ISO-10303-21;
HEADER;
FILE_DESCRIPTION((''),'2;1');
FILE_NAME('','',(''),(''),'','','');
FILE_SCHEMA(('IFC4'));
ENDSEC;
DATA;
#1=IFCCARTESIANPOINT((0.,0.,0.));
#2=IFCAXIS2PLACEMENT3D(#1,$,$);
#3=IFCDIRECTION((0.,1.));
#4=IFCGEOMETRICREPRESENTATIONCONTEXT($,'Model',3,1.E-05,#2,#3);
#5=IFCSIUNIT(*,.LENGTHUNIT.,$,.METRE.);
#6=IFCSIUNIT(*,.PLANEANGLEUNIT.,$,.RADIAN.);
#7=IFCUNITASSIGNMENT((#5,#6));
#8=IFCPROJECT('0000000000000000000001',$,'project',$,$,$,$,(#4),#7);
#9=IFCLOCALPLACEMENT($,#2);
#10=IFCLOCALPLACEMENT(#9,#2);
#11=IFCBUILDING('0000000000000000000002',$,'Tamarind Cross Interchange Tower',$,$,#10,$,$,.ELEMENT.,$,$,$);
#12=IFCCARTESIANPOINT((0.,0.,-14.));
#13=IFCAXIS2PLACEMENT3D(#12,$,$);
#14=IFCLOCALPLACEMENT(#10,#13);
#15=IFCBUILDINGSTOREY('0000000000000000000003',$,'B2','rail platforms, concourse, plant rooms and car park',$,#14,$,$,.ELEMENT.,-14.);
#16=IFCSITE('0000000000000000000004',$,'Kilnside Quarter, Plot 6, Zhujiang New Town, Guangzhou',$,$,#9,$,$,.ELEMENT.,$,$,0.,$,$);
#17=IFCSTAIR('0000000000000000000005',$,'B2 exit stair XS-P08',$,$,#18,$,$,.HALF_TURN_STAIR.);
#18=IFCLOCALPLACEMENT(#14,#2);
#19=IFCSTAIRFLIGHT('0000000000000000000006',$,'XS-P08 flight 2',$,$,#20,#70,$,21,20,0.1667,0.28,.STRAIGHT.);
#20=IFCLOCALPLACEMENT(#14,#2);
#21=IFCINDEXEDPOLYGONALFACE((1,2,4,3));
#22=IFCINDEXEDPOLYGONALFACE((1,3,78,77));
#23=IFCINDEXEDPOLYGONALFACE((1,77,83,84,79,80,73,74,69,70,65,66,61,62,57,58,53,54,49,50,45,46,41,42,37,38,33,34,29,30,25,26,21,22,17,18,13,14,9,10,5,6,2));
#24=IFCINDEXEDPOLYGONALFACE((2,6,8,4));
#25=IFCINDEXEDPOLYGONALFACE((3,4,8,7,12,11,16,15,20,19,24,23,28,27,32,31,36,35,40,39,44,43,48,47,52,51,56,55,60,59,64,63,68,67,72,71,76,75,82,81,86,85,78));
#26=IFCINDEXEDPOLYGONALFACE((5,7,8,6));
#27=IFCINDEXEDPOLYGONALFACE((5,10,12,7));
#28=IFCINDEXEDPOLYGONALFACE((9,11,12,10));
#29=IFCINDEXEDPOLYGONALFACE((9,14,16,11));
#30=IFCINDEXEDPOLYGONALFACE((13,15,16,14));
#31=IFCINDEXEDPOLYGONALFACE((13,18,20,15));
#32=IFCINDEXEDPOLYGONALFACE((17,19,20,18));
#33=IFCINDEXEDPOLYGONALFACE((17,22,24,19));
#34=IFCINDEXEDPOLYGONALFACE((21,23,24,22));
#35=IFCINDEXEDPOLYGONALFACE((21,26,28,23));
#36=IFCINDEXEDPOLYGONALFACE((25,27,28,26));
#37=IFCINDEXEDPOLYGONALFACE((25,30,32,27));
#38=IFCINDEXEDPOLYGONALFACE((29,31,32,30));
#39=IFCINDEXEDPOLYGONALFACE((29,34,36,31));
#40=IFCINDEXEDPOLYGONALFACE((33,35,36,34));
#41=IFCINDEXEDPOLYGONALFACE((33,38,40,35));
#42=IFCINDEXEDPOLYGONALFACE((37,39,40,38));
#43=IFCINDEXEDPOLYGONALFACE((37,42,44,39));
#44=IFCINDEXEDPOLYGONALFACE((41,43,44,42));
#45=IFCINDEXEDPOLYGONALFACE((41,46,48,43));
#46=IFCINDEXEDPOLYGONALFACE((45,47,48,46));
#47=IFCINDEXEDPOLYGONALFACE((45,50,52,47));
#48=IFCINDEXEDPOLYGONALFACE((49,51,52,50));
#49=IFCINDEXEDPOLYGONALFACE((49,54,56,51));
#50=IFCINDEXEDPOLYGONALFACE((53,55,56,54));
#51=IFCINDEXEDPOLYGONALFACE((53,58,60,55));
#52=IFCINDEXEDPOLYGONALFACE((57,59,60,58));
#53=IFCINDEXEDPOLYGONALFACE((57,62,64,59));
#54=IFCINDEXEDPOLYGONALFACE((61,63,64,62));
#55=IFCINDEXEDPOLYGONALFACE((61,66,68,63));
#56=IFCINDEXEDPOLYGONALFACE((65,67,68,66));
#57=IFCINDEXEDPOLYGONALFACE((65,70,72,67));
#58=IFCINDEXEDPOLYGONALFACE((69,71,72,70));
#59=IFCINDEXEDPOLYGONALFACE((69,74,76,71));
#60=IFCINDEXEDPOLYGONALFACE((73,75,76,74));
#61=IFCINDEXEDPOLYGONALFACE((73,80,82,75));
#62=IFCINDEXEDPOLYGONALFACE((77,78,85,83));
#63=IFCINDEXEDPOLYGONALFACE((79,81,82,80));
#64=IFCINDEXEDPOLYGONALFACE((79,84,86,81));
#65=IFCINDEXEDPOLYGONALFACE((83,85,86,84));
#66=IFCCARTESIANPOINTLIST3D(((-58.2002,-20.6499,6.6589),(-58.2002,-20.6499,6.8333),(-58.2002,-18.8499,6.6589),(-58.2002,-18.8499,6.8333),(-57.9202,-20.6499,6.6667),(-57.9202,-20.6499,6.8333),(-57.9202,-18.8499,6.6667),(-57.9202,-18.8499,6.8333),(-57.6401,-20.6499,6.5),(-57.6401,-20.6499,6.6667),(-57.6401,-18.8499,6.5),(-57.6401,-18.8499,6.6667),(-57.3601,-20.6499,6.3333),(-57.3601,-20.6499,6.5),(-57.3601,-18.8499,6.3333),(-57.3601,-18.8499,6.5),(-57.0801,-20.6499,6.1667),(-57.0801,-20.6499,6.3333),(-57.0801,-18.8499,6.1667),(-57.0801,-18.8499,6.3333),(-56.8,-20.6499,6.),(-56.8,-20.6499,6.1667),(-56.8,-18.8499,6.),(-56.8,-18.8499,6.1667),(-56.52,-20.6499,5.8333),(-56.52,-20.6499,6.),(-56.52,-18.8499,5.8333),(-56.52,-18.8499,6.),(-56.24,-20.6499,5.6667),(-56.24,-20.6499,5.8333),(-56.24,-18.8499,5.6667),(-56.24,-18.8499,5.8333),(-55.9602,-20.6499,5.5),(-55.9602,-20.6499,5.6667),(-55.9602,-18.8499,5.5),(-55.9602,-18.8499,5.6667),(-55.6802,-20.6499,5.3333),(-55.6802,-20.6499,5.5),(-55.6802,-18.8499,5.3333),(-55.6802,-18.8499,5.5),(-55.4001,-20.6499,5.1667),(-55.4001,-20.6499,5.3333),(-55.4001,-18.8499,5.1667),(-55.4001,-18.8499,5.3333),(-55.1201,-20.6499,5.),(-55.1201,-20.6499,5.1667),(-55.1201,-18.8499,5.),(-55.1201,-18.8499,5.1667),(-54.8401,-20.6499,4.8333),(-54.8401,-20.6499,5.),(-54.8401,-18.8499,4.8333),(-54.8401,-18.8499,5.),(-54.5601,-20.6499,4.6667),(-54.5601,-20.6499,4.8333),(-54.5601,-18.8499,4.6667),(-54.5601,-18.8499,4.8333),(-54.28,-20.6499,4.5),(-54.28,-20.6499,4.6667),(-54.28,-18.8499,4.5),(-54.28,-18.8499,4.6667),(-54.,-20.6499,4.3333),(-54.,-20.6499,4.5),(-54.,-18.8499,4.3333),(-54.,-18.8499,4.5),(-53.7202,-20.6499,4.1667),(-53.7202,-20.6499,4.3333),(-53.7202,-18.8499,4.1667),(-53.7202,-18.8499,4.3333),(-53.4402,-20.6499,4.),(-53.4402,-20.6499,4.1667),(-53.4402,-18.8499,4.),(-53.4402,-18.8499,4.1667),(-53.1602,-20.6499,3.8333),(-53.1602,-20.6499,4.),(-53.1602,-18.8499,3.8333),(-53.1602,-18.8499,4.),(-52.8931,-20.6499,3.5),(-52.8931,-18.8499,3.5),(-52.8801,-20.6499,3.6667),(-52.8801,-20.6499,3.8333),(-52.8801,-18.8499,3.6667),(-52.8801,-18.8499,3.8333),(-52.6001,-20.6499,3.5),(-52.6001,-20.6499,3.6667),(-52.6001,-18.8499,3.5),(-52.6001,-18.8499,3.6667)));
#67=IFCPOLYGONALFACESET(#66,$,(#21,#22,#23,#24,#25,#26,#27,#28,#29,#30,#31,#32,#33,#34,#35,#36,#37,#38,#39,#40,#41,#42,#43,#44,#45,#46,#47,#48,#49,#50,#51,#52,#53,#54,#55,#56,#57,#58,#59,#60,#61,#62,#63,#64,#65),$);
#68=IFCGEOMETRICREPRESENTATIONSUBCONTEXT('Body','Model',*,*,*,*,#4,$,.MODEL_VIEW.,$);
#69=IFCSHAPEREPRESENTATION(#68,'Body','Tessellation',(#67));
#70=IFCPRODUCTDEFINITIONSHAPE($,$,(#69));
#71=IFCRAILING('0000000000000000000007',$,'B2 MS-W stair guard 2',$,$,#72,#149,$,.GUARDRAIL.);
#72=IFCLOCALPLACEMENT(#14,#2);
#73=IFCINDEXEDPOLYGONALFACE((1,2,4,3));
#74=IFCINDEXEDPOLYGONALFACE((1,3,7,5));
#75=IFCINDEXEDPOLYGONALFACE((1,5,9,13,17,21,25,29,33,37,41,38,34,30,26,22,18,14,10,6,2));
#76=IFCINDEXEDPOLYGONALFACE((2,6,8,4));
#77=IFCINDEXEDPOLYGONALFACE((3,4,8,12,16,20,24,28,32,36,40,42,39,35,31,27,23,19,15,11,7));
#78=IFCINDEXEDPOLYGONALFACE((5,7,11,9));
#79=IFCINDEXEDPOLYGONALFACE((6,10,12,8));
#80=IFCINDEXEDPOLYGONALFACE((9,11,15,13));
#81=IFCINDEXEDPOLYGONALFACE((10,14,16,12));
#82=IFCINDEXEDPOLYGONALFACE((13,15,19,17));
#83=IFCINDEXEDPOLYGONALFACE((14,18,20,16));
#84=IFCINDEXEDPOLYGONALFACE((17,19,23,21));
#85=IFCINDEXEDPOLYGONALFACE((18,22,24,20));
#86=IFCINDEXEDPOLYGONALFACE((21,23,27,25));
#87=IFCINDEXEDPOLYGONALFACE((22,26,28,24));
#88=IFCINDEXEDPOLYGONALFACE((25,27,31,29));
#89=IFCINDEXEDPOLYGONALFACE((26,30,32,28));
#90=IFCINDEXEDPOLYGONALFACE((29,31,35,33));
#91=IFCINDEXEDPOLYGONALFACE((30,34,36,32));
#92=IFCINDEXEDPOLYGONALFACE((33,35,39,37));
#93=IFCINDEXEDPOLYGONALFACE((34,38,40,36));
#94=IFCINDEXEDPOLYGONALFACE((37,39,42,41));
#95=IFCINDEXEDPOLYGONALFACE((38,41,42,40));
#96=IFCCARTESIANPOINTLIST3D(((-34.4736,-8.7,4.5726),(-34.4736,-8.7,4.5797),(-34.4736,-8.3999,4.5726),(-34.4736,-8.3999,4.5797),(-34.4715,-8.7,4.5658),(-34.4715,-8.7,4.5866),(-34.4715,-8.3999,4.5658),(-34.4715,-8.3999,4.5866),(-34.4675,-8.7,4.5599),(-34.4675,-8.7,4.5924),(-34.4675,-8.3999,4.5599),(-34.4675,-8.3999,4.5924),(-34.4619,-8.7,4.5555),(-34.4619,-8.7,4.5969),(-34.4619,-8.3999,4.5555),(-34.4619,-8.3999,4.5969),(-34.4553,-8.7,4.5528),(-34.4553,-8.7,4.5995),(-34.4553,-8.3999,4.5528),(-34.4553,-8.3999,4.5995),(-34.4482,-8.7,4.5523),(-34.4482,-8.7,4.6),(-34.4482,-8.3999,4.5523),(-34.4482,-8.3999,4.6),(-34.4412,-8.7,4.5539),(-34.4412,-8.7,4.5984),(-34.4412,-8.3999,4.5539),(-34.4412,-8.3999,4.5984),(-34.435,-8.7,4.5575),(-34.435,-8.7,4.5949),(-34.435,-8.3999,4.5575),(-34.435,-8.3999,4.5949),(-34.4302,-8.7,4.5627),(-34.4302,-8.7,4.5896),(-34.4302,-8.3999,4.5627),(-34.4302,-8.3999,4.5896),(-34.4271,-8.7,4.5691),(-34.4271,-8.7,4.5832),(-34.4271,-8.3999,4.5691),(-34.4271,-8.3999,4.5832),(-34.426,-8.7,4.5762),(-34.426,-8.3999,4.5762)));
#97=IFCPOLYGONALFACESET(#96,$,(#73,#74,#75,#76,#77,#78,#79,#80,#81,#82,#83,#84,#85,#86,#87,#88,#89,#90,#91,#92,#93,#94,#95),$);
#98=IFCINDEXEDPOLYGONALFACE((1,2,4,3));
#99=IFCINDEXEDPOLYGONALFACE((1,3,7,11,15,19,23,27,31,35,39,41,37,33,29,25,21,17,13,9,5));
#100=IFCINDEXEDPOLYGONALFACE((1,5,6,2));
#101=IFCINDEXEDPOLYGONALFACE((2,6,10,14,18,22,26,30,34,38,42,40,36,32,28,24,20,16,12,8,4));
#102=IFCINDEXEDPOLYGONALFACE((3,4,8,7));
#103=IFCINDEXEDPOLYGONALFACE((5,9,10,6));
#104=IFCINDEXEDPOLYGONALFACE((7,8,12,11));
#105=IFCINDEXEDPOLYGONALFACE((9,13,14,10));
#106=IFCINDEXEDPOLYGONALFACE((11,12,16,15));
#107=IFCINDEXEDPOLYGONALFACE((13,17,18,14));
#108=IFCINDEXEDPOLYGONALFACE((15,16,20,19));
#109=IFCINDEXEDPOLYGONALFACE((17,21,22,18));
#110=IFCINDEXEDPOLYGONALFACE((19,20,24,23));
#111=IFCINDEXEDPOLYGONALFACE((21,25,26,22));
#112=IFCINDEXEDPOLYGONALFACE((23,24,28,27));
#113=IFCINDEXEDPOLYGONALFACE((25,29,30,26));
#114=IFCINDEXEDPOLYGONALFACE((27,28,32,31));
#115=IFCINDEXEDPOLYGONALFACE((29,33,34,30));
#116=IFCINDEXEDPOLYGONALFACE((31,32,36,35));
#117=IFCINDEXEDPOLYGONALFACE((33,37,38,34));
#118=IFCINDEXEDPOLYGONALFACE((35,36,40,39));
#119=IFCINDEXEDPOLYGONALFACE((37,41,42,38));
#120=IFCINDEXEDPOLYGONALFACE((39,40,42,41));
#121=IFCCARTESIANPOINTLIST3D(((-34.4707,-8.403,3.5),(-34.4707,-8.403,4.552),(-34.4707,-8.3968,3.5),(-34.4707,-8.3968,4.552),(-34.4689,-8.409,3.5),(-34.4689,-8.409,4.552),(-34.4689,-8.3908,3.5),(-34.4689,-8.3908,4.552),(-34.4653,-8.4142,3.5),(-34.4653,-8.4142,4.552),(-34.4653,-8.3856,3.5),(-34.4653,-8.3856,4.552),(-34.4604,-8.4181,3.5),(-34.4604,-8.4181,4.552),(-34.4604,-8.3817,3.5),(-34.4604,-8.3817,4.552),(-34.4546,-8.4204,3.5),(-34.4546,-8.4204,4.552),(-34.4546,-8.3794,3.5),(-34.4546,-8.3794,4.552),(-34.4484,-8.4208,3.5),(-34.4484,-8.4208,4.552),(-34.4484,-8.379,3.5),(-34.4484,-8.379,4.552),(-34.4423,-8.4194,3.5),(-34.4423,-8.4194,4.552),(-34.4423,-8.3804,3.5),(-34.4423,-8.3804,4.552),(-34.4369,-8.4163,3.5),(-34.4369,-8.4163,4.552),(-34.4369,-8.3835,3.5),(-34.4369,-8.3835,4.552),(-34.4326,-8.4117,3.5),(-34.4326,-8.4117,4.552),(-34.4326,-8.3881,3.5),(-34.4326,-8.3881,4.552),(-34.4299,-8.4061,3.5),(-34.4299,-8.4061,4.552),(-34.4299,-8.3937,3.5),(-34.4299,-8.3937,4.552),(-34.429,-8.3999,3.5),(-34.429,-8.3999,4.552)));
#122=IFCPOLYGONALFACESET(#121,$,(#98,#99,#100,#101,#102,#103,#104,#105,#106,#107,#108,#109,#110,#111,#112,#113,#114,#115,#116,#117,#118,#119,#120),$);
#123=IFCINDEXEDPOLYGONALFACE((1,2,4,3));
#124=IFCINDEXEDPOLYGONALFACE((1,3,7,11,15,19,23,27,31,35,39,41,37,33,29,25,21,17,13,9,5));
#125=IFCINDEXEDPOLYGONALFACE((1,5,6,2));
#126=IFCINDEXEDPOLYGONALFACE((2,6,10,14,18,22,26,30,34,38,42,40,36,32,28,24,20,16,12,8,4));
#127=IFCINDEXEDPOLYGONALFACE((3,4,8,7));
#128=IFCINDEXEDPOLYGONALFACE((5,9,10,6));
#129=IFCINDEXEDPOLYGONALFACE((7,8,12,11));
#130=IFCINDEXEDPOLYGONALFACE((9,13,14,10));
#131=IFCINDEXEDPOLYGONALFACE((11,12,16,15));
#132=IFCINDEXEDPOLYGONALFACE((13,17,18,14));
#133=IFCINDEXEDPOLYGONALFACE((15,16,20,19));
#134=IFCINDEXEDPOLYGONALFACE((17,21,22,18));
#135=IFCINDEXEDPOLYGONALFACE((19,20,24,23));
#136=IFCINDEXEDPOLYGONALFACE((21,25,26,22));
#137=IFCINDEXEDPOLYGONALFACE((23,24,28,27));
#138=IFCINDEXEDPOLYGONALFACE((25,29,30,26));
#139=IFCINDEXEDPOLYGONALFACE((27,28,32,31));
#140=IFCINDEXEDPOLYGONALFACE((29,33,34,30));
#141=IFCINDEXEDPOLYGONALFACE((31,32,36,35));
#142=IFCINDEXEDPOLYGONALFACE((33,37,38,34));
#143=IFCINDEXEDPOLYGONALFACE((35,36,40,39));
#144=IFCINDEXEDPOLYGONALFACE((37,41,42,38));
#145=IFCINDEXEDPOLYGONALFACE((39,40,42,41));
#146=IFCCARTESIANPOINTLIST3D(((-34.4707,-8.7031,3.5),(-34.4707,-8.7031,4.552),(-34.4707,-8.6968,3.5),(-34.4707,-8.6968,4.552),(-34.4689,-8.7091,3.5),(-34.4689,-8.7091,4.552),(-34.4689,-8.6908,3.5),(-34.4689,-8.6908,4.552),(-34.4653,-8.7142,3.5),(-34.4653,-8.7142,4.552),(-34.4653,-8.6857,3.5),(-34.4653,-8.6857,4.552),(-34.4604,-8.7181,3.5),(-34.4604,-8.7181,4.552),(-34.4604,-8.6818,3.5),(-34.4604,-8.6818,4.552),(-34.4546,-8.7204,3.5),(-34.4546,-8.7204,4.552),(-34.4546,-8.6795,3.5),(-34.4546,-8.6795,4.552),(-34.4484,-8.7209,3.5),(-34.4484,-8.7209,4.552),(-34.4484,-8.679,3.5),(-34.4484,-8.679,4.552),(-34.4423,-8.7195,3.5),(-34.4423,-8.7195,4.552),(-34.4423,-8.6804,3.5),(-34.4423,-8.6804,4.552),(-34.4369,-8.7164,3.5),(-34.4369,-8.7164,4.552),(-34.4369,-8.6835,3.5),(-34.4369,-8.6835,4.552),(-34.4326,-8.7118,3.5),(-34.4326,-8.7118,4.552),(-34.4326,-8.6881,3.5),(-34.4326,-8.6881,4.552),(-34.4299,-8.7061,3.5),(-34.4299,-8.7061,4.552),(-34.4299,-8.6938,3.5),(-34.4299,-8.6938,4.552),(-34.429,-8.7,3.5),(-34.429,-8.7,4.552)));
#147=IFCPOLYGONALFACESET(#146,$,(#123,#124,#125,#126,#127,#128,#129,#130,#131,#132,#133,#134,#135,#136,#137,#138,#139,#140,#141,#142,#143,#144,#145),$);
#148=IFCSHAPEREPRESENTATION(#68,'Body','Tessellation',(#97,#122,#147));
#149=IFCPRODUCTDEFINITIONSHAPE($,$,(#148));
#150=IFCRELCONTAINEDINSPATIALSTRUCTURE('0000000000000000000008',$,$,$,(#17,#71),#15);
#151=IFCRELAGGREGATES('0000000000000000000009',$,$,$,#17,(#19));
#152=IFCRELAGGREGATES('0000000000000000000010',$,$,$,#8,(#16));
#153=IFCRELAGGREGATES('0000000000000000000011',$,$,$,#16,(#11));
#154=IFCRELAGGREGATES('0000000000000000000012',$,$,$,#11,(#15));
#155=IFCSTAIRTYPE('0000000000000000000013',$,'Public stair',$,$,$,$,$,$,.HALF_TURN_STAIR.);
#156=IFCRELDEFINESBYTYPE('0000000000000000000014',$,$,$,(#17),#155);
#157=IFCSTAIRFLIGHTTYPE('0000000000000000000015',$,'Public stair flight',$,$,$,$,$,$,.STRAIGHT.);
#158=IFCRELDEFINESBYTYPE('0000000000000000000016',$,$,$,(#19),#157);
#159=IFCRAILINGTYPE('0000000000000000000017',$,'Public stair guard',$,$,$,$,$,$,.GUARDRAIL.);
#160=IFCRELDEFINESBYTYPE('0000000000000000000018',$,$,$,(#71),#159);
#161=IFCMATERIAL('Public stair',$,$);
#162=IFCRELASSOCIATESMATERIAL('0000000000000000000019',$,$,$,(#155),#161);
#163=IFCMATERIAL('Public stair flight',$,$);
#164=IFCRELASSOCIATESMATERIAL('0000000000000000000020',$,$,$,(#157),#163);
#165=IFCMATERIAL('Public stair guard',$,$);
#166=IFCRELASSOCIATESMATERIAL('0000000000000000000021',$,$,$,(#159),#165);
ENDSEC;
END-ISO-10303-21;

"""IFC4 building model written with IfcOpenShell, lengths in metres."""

from ifc_helpers import new_model, si_unit, direction, frame, origin, origin_2d, place, context, subcontext, project, spatial, polyline, circle, outline, extrude, material, type_object, element, aggregate, save


model = new_model("IFC4")

# Units and contexts
model_context = context("Model", 3, precision=1e-05, world=origin(), true_north=direction((0.0, 1.0)))
body_context = subcontext(model_context, "Body", "Model", "MODEL_VIEW")
ifc_project = project(units=[si_unit("LENGTHUNIT", "METRE"), si_unit("PLANEANGLEUNIT", "RADIAN")], contexts=[model_context])

# Site, building, storey
site_placement = place(None, origin())
site = spatial("IfcSite", under=ifc_project, at=site_placement, Name="Kilnside Quarter, Plot 6, Zhujiang New Town, Guangzhou", CompositionType="ELEMENT", RefElevation=0.0)
building_placement = place(site_placement, origin())
building = spatial("IfcBuilding", under=site, at=building_placement, Name="Tamarind Cross Interchange Tower", CompositionType="ELEMENT")
storey_placement = place(building_placement, frame((0.0, 0.0, -14.0)))
storey = spatial("IfcBuildingStorey", under=building, at=storey_placement, Name="B2", Description="rail platforms, concourse, plant rooms and car park", CompositionType="ELEMENT", Elevation=-14.0)

# Stair, stair flight
ifc_material_1 = material(Name="Public stair")
stair_type = type_object("IfcStairType", Name="Public stair", PredefinedType="HALF_TURN_STAIR", material=ifc_material_1)
stair_placement = place(storey_placement, origin())
stair = element("IfcStair", 1, at=stair_placement, inside=storey, type_object=stair_type, Name="B2 exit stair XS-P08", PredefinedType="HALF_TURN_STAIR")
ifc_material_2 = material(Name="Public stair flight")
stair_flight_type = type_object("IfcStairFlightType", Name="Public stair flight", PredefinedType="STRAIGHT", material=ifc_material_2)
stair_flight_1_placement = place(storey_placement, frame((-52.6001, -19.75, 3.5), z_axis=(0.0, 0.0, 1.0), x_axis=(-1.0, 0.0, 0.0)))
stair_flight_1 = element("IfcStairFlight", 2, at=stair_flight_1_placement, type_object=stair_flight_type, Name="XS-P08 flight 2", NumberOfRisers=21, NumberOfTreads=20, PredefinedType="STRAIGHT", RiserHeight=0.1667, TreadLength=0.28, context=body_context, shape_type="SweptSolid", body=[
    extrude(outline(polyline([(0.0, 0.0), (0.0, 0.1667), (0.28, 0.1667), (0.28, 0.3333), (0.5601, 0.3333), (0.5601, 0.5), (0.8401, 0.5), (0.8401, 0.6667), (1.1201, 0.6667), (1.1201, 0.8333), (1.3999, 0.8333), (1.3999, 1.0), (1.6799, 1.0), (1.6799, 1.1667), (1.96, 1.1667), (1.96, 1.3333), (2.24, 1.3333), (2.24, 1.5), (2.52, 1.5), (2.52, 1.6667), (2.8, 1.6667), (2.8, 1.8333), (3.0801, 1.8333), (3.0801, 2.0), (3.3601, 2.0), (3.3601, 2.1667), (3.6399, 2.1667), (3.6399, 2.3333), (3.9199, 2.3333), (3.9199, 2.5), (4.2, 2.5), (4.2, 2.6667), (4.48, 2.6667), (4.48, 2.8333), (4.76, 2.8333), (4.76, 3.0), (5.04, 3.0), (5.04, 3.1667), (5.3201, 3.1667), (5.3201, 3.3333), (5.6001, 3.3333), (5.6001, 3.5), (5.6001, 3.1589), (0.293, 0.0), (0.0, 0.0)])), frame((0.0, 0.8999, 0.0), z_axis=(0.0, -1.0, 0.0), x_axis=(1.0, 0.0, 0.0)), (0.0, 0.0, 1.0), 1.8),
])
aggregate(stair, [stair_flight_1])

# Railing
ifc_material_3 = material(Name="Public stair guard")
railing_type_1 = type_object("IfcRailingType", Name="Public stair guard", PredefinedType="GUARDRAIL", material=ifc_material_3)
railing_1_placement = place(storey_placement, frame((-34.45, -8.3999, 3.5)))
element("IfcRailing", 3, at=railing_1_placement, inside=storey, type_object=railing_type_1, Name="B2 MS-W stair guard 2", PredefinedType="GUARDRAIL", context=body_context, shape_type="SweptSolid", body=[
    extrude(circle(Radius=0.0239, at=origin_2d()), frame((0.0, 0.0, 1.0762), z_axis=(0.0, -1.0, 0.0), x_axis=(1.0, 0.0, 0.0)), (0.0, 0.0, 1.0), 0.3),
    extrude(circle(Radius=0.021, at=origin_2d()), origin(), (0.0, 0.0, 1.0), 1.052),
    extrude(circle(Radius=0.021, at=origin_2d()), frame((0.0, -0.3, 0.0)), (0.0, 0.0, 1.0), 1.052),
])

save(model, "model.ifc")
